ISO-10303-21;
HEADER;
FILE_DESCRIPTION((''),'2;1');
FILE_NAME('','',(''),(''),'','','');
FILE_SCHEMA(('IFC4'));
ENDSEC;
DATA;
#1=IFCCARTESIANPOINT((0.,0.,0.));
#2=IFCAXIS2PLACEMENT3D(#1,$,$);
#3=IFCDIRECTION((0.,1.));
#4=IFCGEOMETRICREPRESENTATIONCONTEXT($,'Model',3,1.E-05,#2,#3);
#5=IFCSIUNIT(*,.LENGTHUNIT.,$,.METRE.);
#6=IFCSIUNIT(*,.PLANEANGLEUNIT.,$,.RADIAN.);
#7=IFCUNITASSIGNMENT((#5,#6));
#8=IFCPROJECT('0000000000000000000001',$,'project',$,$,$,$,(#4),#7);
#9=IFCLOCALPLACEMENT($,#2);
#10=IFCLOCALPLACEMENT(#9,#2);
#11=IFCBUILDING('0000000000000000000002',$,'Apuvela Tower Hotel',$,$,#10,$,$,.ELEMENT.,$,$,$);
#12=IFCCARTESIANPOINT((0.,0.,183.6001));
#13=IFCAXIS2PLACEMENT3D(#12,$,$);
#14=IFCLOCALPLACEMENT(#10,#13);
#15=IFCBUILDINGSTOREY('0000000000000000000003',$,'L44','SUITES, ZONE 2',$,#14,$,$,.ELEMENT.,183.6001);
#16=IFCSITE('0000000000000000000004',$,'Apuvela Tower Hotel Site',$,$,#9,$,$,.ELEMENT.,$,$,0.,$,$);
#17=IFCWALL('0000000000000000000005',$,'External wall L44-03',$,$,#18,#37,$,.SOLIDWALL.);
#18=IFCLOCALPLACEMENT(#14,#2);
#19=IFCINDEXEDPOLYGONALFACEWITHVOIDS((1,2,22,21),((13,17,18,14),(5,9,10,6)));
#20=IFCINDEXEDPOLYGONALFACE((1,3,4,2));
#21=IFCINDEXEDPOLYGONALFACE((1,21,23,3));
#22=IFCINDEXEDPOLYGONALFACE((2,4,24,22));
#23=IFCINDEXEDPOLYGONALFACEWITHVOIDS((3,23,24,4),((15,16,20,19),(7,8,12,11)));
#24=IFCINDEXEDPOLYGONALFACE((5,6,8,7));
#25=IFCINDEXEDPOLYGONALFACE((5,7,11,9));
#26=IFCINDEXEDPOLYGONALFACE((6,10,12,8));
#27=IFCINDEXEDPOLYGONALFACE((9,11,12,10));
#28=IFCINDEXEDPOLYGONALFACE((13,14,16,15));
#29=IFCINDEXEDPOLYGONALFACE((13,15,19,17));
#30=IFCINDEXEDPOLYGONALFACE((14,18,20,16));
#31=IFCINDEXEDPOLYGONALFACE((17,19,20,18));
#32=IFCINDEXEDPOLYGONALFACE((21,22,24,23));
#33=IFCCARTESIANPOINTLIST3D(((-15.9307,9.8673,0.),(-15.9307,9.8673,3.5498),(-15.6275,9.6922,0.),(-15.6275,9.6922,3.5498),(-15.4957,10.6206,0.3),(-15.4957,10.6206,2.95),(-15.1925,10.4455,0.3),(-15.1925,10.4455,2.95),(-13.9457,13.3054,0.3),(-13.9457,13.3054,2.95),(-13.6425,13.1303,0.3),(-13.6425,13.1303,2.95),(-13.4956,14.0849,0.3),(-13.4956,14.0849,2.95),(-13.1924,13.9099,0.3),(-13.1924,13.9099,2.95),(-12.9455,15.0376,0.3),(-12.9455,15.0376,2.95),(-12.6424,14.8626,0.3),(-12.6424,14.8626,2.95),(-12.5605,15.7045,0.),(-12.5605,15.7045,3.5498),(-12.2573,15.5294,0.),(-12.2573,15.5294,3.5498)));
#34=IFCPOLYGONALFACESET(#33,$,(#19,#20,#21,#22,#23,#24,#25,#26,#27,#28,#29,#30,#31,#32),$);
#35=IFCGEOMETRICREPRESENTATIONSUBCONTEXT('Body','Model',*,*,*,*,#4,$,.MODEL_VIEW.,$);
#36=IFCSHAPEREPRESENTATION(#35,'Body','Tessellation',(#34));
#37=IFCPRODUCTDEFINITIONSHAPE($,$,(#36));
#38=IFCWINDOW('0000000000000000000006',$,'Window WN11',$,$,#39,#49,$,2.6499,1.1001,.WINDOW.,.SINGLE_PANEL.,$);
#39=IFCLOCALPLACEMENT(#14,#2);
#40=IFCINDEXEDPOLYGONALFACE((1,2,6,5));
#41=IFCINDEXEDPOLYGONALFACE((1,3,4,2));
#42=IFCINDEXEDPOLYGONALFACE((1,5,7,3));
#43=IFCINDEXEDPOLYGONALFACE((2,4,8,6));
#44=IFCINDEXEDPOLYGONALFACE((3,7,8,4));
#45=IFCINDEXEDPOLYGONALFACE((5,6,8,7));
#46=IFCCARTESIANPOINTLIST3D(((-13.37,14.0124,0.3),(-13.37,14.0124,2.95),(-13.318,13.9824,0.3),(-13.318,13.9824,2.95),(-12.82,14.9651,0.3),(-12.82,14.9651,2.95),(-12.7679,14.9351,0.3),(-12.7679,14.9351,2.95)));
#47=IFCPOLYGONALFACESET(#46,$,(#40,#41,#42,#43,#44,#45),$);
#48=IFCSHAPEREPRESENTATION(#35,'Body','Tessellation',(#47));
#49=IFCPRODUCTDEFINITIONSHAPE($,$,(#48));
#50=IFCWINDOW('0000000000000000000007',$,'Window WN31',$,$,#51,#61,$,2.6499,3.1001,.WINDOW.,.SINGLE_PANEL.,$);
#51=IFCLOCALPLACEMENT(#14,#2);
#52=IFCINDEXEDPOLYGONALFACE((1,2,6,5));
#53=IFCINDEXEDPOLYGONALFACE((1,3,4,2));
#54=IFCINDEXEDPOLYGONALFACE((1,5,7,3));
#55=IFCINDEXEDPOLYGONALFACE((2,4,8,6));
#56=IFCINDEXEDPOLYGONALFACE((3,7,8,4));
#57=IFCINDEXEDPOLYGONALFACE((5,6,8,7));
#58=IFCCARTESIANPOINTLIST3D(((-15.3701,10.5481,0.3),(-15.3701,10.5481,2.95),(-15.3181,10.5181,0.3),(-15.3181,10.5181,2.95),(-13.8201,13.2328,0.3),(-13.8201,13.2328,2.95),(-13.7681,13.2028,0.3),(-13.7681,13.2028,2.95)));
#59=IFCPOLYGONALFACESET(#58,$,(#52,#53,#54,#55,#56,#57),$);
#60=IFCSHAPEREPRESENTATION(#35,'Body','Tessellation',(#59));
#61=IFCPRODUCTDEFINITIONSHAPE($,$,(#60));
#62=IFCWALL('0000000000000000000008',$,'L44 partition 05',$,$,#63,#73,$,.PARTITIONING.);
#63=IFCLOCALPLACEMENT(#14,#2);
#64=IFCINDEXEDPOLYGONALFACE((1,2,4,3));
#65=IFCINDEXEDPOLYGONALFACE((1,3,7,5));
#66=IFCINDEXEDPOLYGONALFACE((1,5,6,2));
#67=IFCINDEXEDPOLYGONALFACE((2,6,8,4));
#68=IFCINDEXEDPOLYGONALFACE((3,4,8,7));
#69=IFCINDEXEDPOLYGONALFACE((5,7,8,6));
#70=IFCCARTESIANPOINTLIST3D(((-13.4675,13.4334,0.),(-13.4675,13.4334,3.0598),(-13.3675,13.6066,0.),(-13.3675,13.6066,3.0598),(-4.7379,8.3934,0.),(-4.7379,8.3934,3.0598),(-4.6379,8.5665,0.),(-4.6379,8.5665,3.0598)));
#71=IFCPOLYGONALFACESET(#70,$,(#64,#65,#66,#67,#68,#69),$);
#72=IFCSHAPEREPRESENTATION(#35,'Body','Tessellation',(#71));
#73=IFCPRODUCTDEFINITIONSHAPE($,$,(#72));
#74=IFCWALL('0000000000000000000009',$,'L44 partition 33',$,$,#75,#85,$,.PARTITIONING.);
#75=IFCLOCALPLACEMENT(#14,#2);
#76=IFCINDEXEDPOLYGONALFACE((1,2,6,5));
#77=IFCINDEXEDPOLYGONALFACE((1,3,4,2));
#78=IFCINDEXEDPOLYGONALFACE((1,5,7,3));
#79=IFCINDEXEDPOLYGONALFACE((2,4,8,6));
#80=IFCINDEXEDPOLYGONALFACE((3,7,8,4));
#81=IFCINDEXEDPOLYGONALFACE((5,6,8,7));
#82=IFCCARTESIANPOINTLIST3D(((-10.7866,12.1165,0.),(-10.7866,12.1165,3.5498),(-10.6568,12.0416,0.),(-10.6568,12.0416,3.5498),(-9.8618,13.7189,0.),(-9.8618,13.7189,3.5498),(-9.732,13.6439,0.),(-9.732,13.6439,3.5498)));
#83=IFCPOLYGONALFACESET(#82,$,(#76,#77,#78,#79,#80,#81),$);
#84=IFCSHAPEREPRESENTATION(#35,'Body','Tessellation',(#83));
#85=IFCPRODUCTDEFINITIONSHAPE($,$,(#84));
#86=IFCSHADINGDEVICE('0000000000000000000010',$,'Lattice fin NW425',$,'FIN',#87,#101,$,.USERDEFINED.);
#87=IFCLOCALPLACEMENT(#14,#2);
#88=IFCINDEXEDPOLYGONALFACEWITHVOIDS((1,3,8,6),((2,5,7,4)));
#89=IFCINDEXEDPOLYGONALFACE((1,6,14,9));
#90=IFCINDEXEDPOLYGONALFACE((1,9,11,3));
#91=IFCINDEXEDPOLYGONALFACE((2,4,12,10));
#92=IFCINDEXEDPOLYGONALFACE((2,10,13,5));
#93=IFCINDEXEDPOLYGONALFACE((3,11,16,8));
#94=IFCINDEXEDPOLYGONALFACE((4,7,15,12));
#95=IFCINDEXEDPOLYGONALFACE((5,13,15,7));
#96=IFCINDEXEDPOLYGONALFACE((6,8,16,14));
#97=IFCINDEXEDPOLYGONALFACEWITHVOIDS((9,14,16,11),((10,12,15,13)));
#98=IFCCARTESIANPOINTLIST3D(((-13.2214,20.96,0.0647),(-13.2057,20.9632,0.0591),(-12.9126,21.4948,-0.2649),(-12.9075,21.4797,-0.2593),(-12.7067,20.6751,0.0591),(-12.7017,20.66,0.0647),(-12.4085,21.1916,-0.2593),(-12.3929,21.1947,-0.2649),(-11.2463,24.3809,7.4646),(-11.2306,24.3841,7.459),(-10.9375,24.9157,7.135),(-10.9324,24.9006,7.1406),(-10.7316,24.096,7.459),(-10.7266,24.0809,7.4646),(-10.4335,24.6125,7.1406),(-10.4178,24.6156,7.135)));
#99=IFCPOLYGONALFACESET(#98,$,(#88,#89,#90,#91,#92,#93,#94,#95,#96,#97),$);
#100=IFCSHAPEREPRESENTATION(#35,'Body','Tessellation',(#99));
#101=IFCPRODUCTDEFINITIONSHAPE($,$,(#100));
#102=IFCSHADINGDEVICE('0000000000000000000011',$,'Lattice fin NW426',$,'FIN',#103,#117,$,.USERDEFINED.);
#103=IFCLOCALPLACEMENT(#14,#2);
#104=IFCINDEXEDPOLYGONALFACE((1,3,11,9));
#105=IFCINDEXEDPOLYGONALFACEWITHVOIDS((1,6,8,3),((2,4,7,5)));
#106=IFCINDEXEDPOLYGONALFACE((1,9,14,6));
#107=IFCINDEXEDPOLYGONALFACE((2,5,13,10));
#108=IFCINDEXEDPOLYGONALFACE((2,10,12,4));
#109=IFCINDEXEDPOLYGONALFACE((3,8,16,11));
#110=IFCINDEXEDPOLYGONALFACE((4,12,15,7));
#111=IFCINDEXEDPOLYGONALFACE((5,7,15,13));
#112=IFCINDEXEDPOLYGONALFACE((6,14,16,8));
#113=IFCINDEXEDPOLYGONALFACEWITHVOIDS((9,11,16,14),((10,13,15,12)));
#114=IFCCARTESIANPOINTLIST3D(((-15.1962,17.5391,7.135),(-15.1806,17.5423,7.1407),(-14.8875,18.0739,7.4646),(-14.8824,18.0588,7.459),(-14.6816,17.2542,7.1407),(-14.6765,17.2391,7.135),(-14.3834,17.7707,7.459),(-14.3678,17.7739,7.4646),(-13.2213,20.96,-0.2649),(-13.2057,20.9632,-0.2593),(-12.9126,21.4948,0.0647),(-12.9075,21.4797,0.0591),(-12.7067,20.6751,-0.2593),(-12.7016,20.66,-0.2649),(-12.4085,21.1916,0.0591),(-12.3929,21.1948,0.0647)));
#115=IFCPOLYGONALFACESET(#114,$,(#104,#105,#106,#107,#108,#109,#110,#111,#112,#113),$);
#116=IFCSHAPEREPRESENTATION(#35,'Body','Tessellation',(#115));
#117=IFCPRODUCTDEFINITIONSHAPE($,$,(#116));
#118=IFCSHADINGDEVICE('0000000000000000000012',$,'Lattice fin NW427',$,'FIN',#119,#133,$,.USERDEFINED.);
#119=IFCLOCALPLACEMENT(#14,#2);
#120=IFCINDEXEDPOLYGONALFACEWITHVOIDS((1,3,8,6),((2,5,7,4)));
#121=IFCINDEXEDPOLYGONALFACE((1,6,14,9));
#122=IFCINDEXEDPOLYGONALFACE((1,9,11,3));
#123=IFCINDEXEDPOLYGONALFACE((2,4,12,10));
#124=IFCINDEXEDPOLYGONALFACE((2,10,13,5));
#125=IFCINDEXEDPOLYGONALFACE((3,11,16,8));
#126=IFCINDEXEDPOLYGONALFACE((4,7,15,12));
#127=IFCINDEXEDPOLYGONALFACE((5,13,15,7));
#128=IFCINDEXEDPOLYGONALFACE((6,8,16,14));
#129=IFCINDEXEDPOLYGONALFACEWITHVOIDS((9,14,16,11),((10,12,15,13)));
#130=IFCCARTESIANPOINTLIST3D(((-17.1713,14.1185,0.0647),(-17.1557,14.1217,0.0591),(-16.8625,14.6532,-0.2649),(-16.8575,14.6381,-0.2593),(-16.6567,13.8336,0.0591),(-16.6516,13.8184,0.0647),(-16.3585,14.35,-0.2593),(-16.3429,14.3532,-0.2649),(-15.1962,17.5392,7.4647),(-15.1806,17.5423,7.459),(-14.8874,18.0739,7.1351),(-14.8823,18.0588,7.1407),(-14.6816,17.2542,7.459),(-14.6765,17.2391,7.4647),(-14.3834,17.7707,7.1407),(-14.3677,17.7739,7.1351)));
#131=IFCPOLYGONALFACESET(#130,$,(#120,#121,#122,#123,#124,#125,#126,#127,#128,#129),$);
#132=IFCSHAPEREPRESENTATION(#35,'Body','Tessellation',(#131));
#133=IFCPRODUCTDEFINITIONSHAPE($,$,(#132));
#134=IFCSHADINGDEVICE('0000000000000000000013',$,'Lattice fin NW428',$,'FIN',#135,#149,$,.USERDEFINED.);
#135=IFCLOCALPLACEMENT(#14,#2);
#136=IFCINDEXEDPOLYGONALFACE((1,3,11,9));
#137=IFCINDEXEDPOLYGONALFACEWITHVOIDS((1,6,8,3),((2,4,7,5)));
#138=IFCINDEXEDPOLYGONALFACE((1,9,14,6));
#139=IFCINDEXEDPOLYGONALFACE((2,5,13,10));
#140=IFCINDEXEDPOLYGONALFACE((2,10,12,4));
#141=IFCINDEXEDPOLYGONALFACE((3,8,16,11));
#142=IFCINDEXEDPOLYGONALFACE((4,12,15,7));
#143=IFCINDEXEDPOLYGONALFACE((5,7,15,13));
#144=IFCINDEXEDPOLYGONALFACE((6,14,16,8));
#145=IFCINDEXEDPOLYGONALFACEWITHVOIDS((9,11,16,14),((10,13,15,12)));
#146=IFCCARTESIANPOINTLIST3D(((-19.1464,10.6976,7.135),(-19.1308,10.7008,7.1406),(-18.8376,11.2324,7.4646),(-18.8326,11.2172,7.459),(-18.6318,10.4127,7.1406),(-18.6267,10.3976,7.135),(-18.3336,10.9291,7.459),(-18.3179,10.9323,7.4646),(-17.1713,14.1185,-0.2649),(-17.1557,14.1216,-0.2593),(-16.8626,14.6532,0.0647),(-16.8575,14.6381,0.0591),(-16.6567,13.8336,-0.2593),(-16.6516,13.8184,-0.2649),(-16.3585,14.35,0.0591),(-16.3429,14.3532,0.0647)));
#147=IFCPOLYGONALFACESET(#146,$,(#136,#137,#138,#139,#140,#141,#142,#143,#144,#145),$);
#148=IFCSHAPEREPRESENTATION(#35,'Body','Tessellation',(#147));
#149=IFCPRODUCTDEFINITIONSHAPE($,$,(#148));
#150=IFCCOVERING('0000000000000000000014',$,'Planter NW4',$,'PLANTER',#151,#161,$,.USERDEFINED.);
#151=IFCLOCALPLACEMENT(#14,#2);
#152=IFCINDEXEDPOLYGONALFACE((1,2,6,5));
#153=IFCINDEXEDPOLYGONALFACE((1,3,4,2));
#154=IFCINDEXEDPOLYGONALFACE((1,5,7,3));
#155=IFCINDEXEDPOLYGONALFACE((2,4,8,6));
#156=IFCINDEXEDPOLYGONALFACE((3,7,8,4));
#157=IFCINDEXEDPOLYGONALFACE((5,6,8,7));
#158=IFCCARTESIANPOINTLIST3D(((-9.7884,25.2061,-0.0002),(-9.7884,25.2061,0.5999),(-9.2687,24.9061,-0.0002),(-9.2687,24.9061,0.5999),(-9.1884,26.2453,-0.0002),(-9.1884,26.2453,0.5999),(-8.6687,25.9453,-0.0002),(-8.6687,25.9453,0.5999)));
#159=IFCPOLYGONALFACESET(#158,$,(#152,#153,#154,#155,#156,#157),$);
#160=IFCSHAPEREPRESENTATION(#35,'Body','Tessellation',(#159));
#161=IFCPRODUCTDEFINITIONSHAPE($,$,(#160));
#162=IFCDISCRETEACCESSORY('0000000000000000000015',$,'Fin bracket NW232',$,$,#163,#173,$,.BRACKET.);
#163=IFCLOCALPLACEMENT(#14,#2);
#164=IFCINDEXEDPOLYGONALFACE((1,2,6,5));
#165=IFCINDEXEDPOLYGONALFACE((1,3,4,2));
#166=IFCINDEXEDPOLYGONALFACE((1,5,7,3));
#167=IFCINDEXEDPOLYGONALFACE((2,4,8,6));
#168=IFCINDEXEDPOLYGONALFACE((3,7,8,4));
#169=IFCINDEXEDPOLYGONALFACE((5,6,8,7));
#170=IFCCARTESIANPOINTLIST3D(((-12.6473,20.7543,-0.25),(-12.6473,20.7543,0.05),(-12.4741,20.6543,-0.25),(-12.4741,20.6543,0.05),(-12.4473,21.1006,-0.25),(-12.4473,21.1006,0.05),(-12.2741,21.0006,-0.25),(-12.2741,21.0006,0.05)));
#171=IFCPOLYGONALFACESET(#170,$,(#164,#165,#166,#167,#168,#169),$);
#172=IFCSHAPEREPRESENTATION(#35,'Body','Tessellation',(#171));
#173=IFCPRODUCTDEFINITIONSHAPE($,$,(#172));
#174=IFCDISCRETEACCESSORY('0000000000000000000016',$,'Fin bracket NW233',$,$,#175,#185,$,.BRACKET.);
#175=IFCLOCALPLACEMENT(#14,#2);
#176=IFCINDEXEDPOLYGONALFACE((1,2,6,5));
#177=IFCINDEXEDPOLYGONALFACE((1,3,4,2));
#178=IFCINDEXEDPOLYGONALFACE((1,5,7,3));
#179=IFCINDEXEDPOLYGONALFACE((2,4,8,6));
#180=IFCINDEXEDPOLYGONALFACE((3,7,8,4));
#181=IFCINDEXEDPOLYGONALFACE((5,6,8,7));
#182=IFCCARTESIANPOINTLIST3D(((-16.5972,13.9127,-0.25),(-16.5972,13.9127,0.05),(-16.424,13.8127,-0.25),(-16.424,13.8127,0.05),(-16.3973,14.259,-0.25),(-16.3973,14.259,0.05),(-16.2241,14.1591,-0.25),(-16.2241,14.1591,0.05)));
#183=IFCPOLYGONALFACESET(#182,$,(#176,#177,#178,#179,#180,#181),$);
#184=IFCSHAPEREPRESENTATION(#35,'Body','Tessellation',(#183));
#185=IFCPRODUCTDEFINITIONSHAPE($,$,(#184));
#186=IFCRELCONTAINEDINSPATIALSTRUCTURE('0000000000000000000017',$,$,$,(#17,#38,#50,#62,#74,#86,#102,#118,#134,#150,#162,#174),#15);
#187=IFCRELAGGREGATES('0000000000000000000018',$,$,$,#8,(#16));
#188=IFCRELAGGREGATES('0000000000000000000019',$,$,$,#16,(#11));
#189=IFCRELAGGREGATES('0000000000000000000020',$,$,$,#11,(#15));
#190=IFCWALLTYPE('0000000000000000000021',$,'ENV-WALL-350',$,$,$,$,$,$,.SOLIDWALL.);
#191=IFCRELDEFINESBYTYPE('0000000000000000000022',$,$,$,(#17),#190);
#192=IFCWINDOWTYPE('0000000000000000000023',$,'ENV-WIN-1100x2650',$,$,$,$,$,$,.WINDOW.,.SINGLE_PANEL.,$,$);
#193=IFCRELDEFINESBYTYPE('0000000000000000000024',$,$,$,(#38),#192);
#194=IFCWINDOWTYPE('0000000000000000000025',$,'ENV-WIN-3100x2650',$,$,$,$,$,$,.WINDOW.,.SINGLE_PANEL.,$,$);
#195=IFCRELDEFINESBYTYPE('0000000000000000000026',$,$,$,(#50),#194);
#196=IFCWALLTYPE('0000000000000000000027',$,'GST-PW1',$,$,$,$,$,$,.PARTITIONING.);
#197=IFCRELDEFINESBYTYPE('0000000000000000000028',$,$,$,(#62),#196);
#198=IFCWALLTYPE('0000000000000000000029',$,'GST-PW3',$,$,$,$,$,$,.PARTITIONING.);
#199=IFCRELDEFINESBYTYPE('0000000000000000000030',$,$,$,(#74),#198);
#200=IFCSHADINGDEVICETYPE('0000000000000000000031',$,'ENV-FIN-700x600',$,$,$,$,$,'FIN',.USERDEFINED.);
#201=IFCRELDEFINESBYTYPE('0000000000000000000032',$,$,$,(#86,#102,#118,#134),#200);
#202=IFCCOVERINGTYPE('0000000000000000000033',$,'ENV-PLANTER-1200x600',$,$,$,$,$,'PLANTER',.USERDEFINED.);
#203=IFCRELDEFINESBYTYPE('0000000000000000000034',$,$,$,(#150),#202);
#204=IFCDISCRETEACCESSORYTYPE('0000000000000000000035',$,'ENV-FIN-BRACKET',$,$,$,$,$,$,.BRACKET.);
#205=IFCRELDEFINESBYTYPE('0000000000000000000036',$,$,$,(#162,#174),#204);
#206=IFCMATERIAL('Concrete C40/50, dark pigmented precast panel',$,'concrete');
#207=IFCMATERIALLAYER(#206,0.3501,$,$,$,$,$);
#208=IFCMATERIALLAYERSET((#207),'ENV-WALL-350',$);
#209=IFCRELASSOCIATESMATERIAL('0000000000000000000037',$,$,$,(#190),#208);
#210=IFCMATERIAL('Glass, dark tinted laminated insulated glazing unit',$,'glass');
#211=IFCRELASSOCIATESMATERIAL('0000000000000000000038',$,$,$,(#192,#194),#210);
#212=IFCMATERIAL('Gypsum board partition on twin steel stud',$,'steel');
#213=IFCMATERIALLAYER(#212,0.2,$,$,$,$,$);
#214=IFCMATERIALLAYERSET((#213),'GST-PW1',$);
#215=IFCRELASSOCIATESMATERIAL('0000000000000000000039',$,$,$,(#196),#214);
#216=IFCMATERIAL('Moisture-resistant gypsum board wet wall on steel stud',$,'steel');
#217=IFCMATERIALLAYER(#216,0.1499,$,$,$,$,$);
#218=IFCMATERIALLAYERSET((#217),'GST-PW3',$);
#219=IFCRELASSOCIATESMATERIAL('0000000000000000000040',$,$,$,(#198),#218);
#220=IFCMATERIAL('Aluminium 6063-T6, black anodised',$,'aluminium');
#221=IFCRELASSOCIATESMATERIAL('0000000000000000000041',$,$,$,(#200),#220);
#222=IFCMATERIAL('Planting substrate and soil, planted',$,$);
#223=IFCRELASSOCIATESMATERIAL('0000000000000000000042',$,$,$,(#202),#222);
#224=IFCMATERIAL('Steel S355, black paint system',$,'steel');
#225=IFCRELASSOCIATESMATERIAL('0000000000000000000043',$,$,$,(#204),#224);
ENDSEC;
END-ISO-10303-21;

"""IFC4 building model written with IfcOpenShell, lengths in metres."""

from ifc_helpers import new_model, si_unit, direction, frame, frame_2d, origin, origin_2d, place, context, subcontext, project, spatial, rectangle, hollow_rectangle, extrude, material, layer, layer_set, material_profile, profile_set, type_object, element, fill, save


model = new_model("IFC4")

# Units and contexts
model_context = context("Model", 3, precision=1e-05, world=origin(), true_north=direction((0.0, 1.0)))
body_context = subcontext(model_context, "Body", "Model", "MODEL_VIEW")
ifc_project = project(units=[si_unit("LENGTHUNIT", "METRE"), si_unit("PLANEANGLEUNIT", "RADIAN")], contexts=[model_context])

# Site, building, storey
site_placement = place(None, origin())
site = spatial("IfcSite", under=ifc_project, at=site_placement, Name="Apuvela Tower Hotel Site", CompositionType="ELEMENT", RefElevation=0.0)
building_placement = place(site_placement, origin())
building = spatial("IfcBuilding", under=site, at=building_placement, Name="Apuvela Tower Hotel", CompositionType="ELEMENT")
storey_placement = place(building_placement, frame((0.0, 0.0, 183.6001)))
storey = spatial("IfcBuildingStorey", under=building, at=storey_placement, Name="L44", Description="SUITES, ZONE 2", CompositionType="ELEMENT", Elevation=183.6001)

# Shared definitions
ifc_material_1 = material(Name="Concrete C40/50, dark pigmented precast panel", Category="concrete")
ifc_layer_1 = layer(ifc_material_1, 0.3501)
ifc_layer_set_1 = layer_set([ifc_layer_1], Name="ENV-WALL-350")
wall_type_1 = type_object("IfcWallType", Name="ENV-WALL-350", PredefinedType="SOLIDWALL", material=ifc_layer_set_1)

# Wall, openings, windows
wall_1_placement = place(storey_placement, frame((-12.4089, 15.6169, 0.0), z_axis=(0.0, 0.0, 1.0), x_axis=(-0.500004, -0.866023, 0.0)))
wall_1 = element("IfcWall", 1, at=wall_1_placement, inside=storey, type_object=wall_type_1, Name="External wall L44-03", PredefinedType="SOLIDWALL", context=body_context, shape_type="SweptSolid", body=[
    extrude(rectangle(XDim=6.7402, YDim=0.3501, at=frame_2d((3.3701, 0.0))), origin(), (0.0, 0.0, 1.0), 3.5498),
])
opening_1_placement = place(wall_1_placement, frame((0.77, 0.0, 0.3)))
opening_1 = element("IfcOpeningElement", 2, at=opening_1_placement, cuts=wall_1, PredefinedType="OPENING", context=body_context, shape_type="SweptSolid", body=[
    extrude(rectangle(XDim=1.1001, YDim=2.6499, at=frame_2d((0.55, 1.325))), frame((0.0, 0.1851, 0.0), z_axis=(0.0, -1.0, 0.0), x_axis=(1.0, 0.0, 0.0)), (0.0, 0.0, 1.0), 0.3701),
])
opening_2_placement = place(wall_1_placement, frame((2.7703, 0.0, 0.3)))
opening_2 = element("IfcOpeningElement", 3, at=opening_2_placement, cuts=wall_1, PredefinedType="OPENING", context=body_context, shape_type="SweptSolid", body=[
    extrude(rectangle(XDim=3.1001, YDim=2.6499, at=frame_2d((1.55, 1.325))), frame((0.0, 0.1851, 0.0), z_axis=(0.0, -1.0, 0.0), x_axis=(1.0, 0.0, 0.0)), (0.0, 0.0, 1.0), 0.3701),
])
ifc_material_2 = material(Name="Glass, dark tinted laminated insulated glazing unit", Category="glass")
window_type_1 = type_object("IfcWindowType", Name="ENV-WIN-1100x2650", PartitioningType="SINGLE_PANEL", PredefinedType="WINDOW", material=ifc_material_2)
window_1_placement = place(opening_1_placement, origin())
window_1 = element("IfcWindow", 4, at=window_1_placement, inside=storey, type_object=window_type_1, Name="Window WN11", OverallHeight=2.6499, OverallWidth=1.1001, PartitioningType="SINGLE_PANEL", PredefinedType="WINDOW", context=body_context, shape_type="SweptSolid", body=[
    extrude(rectangle(XDim=1.1001, YDim=2.6499, at=frame_2d((0.55, 1.325))), frame((0.0, 0.03, 0.0), z_axis=(0.0, -1.0, 0.0), x_axis=(1.0, 0.0, 0.0)), (0.0, 0.0, 1.0), 0.0601),
])
fill(opening_1, window_1)
window_type_2 = type_object("IfcWindowType", Name="ENV-WIN-3100x2650", PartitioningType="SINGLE_PANEL", PredefinedType="WINDOW", material=ifc_material_2)
window_2_placement = place(opening_2_placement, origin())
window_2 = element("IfcWindow", 5, at=window_2_placement, inside=storey, type_object=window_type_2, Name="Window WN31", OverallHeight=2.6499, OverallWidth=3.1001, PartitioningType="SINGLE_PANEL", PredefinedType="WINDOW", context=body_context, shape_type="SweptSolid", body=[
    extrude(rectangle(XDim=3.1001, YDim=2.6499, at=frame_2d((1.55, 1.325))), frame((0.0, 0.03, 0.0), z_axis=(0.0, -1.0, 0.0), x_axis=(1.0, 0.0, 0.0)), (0.0, 0.0, 1.0), 0.0601),
])
fill(opening_2, window_2)

# Walls
ifc_material_3 = material(Name="Gypsum board partition on twin steel stud", Category="steel")
ifc_layer_2 = layer(ifc_material_3, 0.2)
ifc_layer_set_2 = layer_set([ifc_layer_2], Name="GST-PW1")
wall_type_2 = type_object("IfcWallType", Name="GST-PW1", PredefinedType="PARTITIONING", material=ifc_layer_set_2)
wall_2_placement = place(storey_placement, frame((-13.4175, 13.52, 0.0), z_axis=(0.0, 0.0, 1.0), x_axis=(0.866023, -0.500005, 0.0)))
element("IfcWall", 6, at=wall_2_placement, inside=storey, type_object=wall_type_2, Name="L44 partition 05", PredefinedType="PARTITIONING", context=body_context, shape_type="SweptSolid", body=[
    extrude(rectangle(XDim=10.0801, YDim=0.2, at=frame_2d((5.04, 0.0))), origin(), (0.0, 0.0, 1.0), 3.0598),
])
ifc_material_4 = material(Name="Moisture-resistant gypsum board wet wall on steel stud", Category="steel")
ifc_layer_3 = layer(ifc_material_4, 0.1499)
ifc_layer_set_3 = layer_set([ifc_layer_3], Name="GST-PW3")
wall_type_3 = type_object("IfcWallType", Name="GST-PW3", PredefinedType="PARTITIONING", material=ifc_layer_set_3)
wall_3_placement = place(storey_placement, frame((-9.7969, 13.6814, 0.0), z_axis=(0.0, 0.0, 1.0), x_axis=(-0.499886, -0.866091, 0.0)))
element("IfcWall", 7, at=wall_3_placement, inside=storey, type_object=wall_type_3, Name="L44 partition 33", PredefinedType="PARTITIONING", context=body_context, shape_type="SweptSolid", body=[
    extrude(rectangle(XDim=1.8501, YDim=0.1499, at=frame_2d((0.925, 0.0))), origin(), (0.0, 0.0, 1.0), 3.5498),
])

# Shading devices
ifc_material_5 = material(Name="Aluminium 6063-T6, black anodised", Category="aluminium")
ifc_material_profile_1 = material_profile(ifc_material_5, hollow_rectangle(XDim=0.6001, YDim=0.7, WallThickness=0.012, at=origin_2d()), Name="AL BOX 700x600x12")
ifc_profile_set_1 = profile_set([ifc_material_profile_1], Name="Aluminium 6063-T6, black anodised")
shading_device_type = type_object("IfcShadingDeviceType", Name="ENV-FIN-700x600", ElementType="FIN", PredefinedType="USERDEFINED", material=ifc_profile_set_1)
for number, where, z_axis, x_axis, name in (
    (8, (-12.8071, 21.0774, -0.1001), (0.235461, 0.407822, 0.882179), (-0.866021, 0.500008, 0.0), "Lattice fin NW425"),
    (9, (-12.8071, 21.0774, -0.1001), (-0.235434, -0.407825, 0.882185), (0.866048, -0.499961, 0.0), "Lattice fin NW426"),
    (10, (-16.7571, 14.2358, -0.1001), (0.235464, 0.407798, 0.882189), (-0.866005, 0.500035, 0.0), "Lattice fin NW427"),
    (11, (-16.7571, 14.2358, -0.1001), (-0.235461, -0.407822, 0.882179), (0.866021, -0.500008, 0.0), "Lattice fin NW428"),
):
    element("IfcShadingDevice", number, at=place(storey_placement, frame(where, z_axis=z_axis, x_axis=x_axis)), inside=storey, type_object=shading_device_type, Name=name, ObjectType="FIN", PredefinedType="USERDEFINED", context=body_context, shape_type="SweptSolid", body=[
        extrude(hollow_rectangle(XDim=0.6001, YDim=0.7, WallThickness=0.012, at=origin_2d()), origin(), (0.0, 0.0, 1.0), 8.3882),
    ])

# Covering
ifc_material_6 = material(Name="Planting substrate and soil, planted")
covering_type = type_object("IfcCoveringType", Name="ENV-PLANTER-1200x600", ElementType="PLANTER", PredefinedType="USERDEFINED", material=ifc_material_6)
covering_placement = place(storey_placement, frame((-9.2285, 25.5757, -0.0002), z_axis=(0.0, 0.0, 1.0), x_axis=(-0.5, -0.866025, 0.0)))
element("IfcCovering", 12, at=covering_placement, inside=storey, type_object=covering_type, Name="Planter NW4", ObjectType="PLANTER", PredefinedType="USERDEFINED", context=body_context, shape_type="SweptSolid", body=[
    extrude(rectangle(XDim=1.2, YDim=0.6001, at=origin_2d()), origin(), (0.0, 0.0, 1.0), 0.6001),
])

# Discrete accessories
ifc_material_7 = material(Name="Steel S355, black paint system", Category="steel")
discrete_accessory_type = type_object("IfcDiscreteAccessoryType", Name="ENV-FIN-BRACKET", PredefinedType="BRACKET", material=ifc_material_7)
for number, where, z_axis, x_axis, name in (
    (13, (-12.4607, 20.8774, -0.25), (0.0, 0.0, 1.0), (-0.5, -0.866025, 0.0), "Fin bracket NW232"),
    (14, (-16.4106, 14.0359, -0.25), (0.0, 0.0, 1.0), (-0.5, -0.866025, 0.0), "Fin bracket NW233"),
):
    element("IfcDiscreteAccessory", number, at=place(storey_placement, frame(where, z_axis=z_axis, x_axis=x_axis)), inside=storey, type_object=discrete_accessory_type, Name=name, PredefinedType="BRACKET", context=body_context, shape_type="SweptSolid", body=[
        extrude(rectangle(XDim=0.3999, YDim=0.2, at=origin_2d()), origin(), (0.0, 0.0, 1.0), 0.3),
    ])

save(model, "model.ifc")
